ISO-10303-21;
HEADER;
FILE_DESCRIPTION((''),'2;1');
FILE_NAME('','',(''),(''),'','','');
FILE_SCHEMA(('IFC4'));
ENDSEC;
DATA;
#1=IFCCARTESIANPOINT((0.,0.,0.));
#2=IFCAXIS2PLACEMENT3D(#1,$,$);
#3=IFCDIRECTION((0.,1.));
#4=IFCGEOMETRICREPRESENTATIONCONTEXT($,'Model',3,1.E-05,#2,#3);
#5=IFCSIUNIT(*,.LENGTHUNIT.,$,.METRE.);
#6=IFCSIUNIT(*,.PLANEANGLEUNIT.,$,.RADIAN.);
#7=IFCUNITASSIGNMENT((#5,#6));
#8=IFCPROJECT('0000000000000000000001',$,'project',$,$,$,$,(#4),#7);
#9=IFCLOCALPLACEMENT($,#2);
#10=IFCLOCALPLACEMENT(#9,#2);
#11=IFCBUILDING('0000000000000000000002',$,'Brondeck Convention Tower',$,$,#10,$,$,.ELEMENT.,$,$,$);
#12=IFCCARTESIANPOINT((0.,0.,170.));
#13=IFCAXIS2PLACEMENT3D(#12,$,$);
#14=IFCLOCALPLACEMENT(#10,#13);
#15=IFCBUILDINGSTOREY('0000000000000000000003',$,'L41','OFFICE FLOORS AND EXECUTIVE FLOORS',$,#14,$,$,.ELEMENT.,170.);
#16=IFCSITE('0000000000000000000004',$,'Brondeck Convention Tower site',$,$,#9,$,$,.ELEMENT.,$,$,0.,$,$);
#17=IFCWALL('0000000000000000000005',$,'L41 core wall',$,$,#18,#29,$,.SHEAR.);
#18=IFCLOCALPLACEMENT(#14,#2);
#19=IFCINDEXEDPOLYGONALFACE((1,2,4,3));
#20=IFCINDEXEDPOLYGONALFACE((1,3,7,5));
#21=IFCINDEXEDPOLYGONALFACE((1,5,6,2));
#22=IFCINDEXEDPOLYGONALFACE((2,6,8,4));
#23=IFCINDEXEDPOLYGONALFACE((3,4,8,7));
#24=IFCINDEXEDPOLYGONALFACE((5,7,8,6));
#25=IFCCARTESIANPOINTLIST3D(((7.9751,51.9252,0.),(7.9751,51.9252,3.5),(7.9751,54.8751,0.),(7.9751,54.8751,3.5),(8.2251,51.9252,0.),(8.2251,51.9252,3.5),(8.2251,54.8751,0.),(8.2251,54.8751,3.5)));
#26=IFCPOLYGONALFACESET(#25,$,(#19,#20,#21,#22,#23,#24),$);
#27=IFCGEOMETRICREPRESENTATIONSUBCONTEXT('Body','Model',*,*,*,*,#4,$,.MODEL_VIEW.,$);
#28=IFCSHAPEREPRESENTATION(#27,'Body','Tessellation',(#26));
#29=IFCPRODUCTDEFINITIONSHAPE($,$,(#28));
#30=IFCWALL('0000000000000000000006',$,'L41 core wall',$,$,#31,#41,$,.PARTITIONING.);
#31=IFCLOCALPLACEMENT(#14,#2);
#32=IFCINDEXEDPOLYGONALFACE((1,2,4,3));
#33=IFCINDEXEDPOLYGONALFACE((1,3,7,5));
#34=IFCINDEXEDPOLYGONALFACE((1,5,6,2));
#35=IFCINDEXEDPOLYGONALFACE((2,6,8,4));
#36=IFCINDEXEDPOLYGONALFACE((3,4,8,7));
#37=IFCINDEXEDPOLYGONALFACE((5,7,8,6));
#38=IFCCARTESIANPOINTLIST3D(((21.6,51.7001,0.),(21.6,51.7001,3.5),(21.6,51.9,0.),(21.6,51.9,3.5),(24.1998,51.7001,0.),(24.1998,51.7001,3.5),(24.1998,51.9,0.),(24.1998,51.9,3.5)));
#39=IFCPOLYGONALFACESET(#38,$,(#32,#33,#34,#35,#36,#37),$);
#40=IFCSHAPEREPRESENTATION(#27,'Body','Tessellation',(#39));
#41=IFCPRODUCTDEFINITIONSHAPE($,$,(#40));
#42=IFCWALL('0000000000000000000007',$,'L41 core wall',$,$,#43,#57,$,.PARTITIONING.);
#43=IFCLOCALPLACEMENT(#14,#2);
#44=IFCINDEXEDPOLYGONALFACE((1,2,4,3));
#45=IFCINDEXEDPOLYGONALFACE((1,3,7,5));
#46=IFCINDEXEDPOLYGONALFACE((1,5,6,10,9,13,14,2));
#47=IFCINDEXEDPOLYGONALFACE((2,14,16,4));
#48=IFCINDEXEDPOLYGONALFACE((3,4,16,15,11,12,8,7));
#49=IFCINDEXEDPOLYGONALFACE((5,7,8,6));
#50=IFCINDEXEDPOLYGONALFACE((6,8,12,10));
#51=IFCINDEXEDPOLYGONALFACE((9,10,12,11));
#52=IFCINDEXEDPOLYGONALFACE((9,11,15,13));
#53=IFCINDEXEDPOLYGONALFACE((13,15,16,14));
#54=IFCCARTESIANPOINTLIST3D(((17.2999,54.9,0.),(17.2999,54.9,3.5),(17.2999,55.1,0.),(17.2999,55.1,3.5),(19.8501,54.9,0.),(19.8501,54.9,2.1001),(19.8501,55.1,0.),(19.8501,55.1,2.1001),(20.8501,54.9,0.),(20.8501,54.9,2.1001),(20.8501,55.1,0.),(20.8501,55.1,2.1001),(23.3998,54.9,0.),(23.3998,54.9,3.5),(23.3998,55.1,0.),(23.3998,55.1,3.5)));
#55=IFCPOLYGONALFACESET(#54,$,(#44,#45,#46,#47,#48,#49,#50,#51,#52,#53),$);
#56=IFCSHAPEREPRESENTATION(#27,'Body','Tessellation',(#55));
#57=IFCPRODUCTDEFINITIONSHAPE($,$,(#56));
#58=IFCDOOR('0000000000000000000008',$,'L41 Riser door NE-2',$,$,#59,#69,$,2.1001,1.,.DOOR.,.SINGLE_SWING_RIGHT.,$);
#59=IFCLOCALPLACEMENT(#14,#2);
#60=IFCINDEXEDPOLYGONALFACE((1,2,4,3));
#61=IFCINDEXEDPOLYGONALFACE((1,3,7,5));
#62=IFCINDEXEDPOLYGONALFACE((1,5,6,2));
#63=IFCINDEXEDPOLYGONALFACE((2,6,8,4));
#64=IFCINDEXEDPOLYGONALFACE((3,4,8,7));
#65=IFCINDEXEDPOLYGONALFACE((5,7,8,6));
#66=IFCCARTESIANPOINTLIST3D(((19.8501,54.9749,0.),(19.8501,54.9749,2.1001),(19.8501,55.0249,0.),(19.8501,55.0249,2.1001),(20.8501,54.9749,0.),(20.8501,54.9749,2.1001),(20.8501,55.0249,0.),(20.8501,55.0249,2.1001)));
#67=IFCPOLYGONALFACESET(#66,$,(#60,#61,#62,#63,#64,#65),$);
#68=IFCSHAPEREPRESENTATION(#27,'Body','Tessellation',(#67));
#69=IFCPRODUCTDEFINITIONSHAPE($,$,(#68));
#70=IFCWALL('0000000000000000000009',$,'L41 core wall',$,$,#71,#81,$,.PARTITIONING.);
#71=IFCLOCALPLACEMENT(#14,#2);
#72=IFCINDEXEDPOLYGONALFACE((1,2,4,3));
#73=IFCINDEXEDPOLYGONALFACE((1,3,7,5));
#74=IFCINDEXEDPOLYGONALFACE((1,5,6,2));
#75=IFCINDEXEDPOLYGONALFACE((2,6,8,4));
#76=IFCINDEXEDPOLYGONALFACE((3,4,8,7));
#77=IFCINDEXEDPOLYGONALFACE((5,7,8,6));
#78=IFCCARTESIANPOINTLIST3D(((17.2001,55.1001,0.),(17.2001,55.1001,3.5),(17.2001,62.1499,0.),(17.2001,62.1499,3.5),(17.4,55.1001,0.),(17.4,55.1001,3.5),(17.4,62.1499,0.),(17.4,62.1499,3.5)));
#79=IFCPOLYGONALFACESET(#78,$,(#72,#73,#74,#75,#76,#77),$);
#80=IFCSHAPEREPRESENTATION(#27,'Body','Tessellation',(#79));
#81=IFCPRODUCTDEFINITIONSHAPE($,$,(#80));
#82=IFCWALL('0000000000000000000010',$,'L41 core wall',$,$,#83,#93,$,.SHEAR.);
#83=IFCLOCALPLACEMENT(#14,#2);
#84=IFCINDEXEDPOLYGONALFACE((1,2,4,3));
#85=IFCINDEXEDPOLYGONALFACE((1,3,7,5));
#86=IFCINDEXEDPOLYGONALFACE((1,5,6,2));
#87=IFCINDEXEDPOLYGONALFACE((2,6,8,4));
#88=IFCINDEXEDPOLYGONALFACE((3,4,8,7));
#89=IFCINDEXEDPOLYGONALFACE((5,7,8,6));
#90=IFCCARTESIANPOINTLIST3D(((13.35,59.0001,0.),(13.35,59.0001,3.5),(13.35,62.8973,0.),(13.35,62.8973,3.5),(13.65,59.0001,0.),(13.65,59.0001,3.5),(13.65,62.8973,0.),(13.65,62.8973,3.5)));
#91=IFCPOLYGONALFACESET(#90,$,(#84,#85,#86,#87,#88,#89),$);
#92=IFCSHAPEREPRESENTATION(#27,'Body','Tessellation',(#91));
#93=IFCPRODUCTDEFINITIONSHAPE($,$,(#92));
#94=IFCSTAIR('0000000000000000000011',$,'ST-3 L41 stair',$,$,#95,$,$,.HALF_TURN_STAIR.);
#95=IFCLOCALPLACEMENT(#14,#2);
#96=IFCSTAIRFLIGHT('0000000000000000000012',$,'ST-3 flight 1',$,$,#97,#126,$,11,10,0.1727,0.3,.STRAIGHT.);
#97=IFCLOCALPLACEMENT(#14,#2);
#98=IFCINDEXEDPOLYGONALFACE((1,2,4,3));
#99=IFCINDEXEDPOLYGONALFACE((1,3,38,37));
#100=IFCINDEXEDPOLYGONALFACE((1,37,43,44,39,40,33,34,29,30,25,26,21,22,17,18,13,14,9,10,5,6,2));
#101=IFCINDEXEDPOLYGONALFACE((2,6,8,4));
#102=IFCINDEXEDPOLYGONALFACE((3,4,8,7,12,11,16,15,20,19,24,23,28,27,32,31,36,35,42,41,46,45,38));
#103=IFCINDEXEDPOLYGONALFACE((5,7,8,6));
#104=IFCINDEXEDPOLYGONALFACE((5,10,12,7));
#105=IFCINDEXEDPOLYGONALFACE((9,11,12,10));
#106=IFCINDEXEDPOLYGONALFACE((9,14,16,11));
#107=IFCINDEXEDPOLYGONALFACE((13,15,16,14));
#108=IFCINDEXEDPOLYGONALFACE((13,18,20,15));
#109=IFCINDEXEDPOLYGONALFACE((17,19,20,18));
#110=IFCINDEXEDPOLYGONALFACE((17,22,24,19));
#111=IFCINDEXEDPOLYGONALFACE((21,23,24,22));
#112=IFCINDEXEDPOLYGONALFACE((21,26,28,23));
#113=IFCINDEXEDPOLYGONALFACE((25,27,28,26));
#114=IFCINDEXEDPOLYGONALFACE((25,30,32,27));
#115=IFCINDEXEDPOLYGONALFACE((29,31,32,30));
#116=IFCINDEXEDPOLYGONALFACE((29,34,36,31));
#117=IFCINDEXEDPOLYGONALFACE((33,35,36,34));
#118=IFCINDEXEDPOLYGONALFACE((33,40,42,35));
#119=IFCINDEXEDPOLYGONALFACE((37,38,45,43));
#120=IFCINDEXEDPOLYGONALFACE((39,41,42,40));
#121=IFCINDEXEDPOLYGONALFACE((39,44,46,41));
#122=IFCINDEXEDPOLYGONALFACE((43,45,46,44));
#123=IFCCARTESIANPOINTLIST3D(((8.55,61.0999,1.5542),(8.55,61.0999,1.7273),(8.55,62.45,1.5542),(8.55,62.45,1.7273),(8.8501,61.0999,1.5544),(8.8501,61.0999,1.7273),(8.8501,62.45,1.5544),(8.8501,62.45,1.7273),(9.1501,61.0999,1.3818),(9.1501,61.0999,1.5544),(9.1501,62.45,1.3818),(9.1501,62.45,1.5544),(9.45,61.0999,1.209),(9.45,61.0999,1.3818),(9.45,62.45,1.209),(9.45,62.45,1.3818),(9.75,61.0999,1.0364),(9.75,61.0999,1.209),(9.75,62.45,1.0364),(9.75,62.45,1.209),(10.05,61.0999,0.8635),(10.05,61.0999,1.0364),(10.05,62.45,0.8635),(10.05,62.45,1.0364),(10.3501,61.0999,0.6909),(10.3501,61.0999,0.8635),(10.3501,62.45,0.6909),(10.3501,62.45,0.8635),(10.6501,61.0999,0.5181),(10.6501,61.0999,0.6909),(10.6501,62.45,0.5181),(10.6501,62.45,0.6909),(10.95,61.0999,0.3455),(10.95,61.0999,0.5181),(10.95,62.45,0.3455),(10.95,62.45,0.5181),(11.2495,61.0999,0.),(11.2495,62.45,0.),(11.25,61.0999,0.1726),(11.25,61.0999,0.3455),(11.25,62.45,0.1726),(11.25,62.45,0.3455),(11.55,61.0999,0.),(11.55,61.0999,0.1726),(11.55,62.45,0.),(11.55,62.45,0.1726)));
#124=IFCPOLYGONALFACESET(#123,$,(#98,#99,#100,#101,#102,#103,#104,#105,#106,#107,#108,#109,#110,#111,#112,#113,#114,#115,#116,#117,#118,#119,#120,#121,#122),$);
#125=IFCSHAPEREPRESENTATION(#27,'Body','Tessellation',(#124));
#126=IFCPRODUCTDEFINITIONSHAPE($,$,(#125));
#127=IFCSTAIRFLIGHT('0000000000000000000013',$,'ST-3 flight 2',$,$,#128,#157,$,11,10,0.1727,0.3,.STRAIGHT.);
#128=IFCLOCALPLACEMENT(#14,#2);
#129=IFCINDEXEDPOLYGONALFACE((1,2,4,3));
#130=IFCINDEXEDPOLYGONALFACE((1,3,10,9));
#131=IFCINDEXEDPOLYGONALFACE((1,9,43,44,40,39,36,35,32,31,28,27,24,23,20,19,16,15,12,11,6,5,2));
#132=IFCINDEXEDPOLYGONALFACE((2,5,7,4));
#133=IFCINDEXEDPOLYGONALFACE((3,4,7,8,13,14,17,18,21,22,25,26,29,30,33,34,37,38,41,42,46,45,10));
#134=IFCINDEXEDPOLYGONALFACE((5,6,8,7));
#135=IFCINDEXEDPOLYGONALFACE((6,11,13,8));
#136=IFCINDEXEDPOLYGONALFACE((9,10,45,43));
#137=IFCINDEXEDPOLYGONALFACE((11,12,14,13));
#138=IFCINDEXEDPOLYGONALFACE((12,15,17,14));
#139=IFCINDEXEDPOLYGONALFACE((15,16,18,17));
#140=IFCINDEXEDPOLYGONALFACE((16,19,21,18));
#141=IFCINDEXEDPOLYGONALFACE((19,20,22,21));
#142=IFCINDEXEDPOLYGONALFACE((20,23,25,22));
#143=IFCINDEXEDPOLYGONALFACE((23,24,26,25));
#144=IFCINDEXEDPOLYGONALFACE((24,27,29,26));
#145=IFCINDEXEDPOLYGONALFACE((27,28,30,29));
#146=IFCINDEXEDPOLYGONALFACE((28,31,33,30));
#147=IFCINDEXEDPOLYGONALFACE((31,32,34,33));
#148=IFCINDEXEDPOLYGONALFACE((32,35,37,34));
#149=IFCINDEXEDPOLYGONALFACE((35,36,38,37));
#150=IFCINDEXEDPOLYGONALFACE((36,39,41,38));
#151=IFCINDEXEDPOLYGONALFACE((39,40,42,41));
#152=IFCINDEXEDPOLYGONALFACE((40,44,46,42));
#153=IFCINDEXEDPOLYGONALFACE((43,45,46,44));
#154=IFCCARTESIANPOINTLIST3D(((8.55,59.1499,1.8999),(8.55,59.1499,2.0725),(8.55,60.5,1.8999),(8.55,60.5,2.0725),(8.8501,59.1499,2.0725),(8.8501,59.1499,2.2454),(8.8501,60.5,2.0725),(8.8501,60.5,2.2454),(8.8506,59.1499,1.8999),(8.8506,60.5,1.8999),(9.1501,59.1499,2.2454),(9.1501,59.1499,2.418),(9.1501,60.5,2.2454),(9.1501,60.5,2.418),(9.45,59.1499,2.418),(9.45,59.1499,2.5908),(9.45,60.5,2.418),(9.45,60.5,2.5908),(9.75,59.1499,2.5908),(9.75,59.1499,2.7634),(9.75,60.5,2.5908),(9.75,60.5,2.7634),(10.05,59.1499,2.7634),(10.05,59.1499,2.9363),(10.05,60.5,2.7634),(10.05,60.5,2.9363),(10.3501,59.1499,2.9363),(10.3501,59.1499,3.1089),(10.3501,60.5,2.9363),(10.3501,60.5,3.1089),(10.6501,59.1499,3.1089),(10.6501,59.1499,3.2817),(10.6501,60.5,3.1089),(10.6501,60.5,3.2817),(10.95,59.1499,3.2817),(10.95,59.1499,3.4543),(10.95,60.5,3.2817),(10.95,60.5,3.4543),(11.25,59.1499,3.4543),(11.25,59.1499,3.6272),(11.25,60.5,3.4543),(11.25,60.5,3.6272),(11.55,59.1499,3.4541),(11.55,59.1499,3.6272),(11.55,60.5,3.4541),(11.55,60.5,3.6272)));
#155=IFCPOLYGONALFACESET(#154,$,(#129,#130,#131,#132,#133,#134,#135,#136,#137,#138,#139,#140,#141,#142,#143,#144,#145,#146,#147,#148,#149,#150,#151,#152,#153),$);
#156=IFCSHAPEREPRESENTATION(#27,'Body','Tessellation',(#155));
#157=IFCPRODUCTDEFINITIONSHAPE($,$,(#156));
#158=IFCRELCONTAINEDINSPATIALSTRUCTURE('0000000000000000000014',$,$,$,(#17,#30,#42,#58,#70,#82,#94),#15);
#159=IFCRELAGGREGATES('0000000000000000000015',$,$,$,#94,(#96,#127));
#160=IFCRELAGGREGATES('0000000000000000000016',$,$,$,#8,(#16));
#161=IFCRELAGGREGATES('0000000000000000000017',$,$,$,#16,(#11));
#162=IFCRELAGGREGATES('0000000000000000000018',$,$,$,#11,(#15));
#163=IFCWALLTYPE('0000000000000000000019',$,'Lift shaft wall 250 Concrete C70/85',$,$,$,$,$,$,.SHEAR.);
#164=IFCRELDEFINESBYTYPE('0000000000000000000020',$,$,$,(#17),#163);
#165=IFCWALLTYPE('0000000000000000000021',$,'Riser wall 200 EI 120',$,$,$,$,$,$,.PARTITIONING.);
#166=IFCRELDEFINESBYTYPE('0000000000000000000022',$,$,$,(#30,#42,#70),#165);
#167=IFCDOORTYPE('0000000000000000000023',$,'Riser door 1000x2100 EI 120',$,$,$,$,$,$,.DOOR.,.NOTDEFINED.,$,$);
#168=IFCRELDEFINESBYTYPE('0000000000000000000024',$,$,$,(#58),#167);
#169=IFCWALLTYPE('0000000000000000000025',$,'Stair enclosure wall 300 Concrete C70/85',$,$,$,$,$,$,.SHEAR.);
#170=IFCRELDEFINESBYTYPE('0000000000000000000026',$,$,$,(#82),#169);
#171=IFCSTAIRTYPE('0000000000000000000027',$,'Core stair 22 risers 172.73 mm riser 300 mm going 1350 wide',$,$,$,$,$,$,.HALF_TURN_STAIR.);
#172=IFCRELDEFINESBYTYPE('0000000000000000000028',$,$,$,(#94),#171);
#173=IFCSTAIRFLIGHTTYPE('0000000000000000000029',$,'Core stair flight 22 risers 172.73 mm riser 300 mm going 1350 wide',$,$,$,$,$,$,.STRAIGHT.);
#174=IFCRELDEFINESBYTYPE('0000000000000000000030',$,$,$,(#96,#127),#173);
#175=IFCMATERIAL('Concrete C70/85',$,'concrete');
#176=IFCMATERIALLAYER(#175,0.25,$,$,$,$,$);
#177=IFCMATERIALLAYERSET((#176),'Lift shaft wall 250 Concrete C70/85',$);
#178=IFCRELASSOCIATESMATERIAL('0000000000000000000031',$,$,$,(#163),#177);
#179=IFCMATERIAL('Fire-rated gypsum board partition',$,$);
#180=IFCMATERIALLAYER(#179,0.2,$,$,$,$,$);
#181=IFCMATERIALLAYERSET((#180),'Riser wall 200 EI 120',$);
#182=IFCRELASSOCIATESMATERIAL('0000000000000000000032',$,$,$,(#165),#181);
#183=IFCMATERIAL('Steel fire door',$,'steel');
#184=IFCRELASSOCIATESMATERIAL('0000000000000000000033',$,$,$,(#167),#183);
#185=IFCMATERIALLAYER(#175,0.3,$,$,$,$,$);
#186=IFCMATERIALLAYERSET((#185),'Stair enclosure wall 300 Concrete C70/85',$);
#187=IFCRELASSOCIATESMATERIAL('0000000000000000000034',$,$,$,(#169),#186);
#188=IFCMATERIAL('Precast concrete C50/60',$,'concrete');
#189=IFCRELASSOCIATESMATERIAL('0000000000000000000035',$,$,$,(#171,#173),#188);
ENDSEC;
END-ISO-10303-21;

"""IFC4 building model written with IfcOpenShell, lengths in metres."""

from ifc_helpers import new_model, si_unit, direction, frame, frame_2d, origin, place, context, subcontext, project, spatial, polyline, rectangle, outline, extrude, material, layer, layer_set, type_object, element, fill, aggregate, save


model = new_model("IFC4")

# Units and contexts
model_context = context("Model", 3, precision=1e-05, world=origin(), true_north=direction((0.0, 1.0)))
body_context = subcontext(model_context, "Body", "Model", "MODEL_VIEW")
ifc_project = project(units=[si_unit("LENGTHUNIT", "METRE"), si_unit("PLANEANGLEUNIT", "RADIAN")], contexts=[model_context])

# Site, building, storey
site_placement = place(None, origin())
site = spatial("IfcSite", under=ifc_project, at=site_placement, Name="Brondeck Convention Tower site", CompositionType="ELEMENT", RefElevation=0.0)
building_placement = place(site_placement, origin())
building = spatial("IfcBuilding", under=site, at=building_placement, Name="Brondeck Convention Tower", CompositionType="ELEMENT")
storey_placement = place(building_placement, frame((0.0, 0.0, 170.0)))
storey = spatial("IfcBuildingStorey", under=building, at=storey_placement, Name="L41", Description="OFFICE FLOORS AND EXECUTIVE FLOORS", CompositionType="ELEMENT", Elevation=170.0)

# Shared definitions
ifc_material_1 = material(Name="Concrete C70/85", Category="concrete")

# Shared definitions
ifc_material_2 = material(Name="Fire-rated gypsum board partition")

# Shared definitions
ifc_material_3 = material(Name="Steel fire door", Category="steel")

# Walls
ifc_layer_1 = layer(ifc_material_1, 0.25)
ifc_layer_set_1 = layer_set([ifc_layer_1], Name="Lift shaft wall 250 Concrete C70/85")
wall_type_1 = type_object("IfcWallType", Name="Lift shaft wall 250 Concrete C70/85", PredefinedType="SHEAR", material=ifc_layer_set_1)
wall_1_placement = place(storey_placement, frame((8.1001, 51.925, 0.0), z_axis=(0.0, 0.0, 1.0), x_axis=(0.0, 1.0, 0.0)))
element("IfcWall", 1, at=wall_1_placement, inside=storey, type_object=wall_type_1, Name="L41 core wall", PredefinedType="SHEAR", context=body_context, shape_type="SweptSolid", body=[
    extrude(rectangle(XDim=2.95, YDim=0.25, at=frame_2d((1.4751, 0.0))), origin(), (0.0, 0.0, 1.0), 3.5),
])
ifc_layer_2 = layer(ifc_material_2, 0.2)
ifc_layer_set_2 = layer_set([ifc_layer_2], Name="Riser wall 200 EI 120")
wall_type_2 = type_object("IfcWallType", Name="Riser wall 200 EI 120", PredefinedType="PARTITIONING", material=ifc_layer_set_2)
wall_2_placement = place(storey_placement, frame((21.6001, 51.8, 0.0), z_axis=(0.0, 0.0, 1.0), x_axis=(1.0, 0.0, 0.0)))
element("IfcWall", 2, at=wall_2_placement, inside=storey, type_object=wall_type_2, Name="L41 core wall", PredefinedType="PARTITIONING", context=body_context, shape_type="SweptSolid", body=[
    extrude(rectangle(XDim=2.5999, YDim=0.2, at=frame_2d((1.2998, 0.0))), origin(), (0.0, 0.0, 1.0), 3.5),
])

# Wall, opening, door
wall_3_placement = place(storey_placement, frame((17.3, 55.0, 0.0), z_axis=(0.0, 0.0, 1.0), x_axis=(1.0, 0.0, 0.0)))
wall_3 = element("IfcWall", 3, at=wall_3_placement, inside=storey, type_object=wall_type_2, Name="L41 core wall", PredefinedType="PARTITIONING", context=body_context, shape_type="SweptSolid", body=[
    extrude(rectangle(XDim=6.0999, YDim=0.2, at=frame_2d((3.0498, 0.0))), origin(), (0.0, 0.0, 1.0), 3.5),
])
opening_1_placement = place(wall_3_placement, frame((2.55, 0.0, 0.0)))
opening_1 = element("IfcOpeningElement", 4, at=opening_1_placement, cuts=wall_3, PredefinedType="OPENING", context=body_context, shape_type="SweptSolid", body=[
    extrude(rectangle(XDim=1.0, YDim=2.1001, at=frame_2d((0.5, 1.05))), frame((0.0, 0.1099, 0.0), z_axis=(0.0, -1.0, 0.0), x_axis=(1.0, 0.0, 0.0)), (0.0, 0.0, 1.0), 0.22),
])
door_type_1 = type_object("IfcDoorType", Name="Riser door 1000x2100 EI 120", OperationType="NOTDEFINED", PredefinedType="DOOR", material=ifc_material_3)
door_1_placement = place(opening_1_placement, origin())
door_1 = element("IfcDoor", 5, at=door_1_placement, inside=storey, type_object=door_type_1, Name="L41 Riser door NE-2", OperationType="SINGLE_SWING_RIGHT", OverallHeight=2.1001, OverallWidth=1.0, PredefinedType="DOOR", context=body_context, shape_type="SweptSolid", body=[
    extrude(rectangle(XDim=1.0, YDim=2.1001, at=frame_2d((0.5, 1.05))), frame((0.0, 0.0249, 0.0), z_axis=(0.0, -1.0, 0.0), x_axis=(1.0, 0.0, 0.0)), (0.0, 0.0, 1.0), 0.05),
])
fill(opening_1, door_1)

# Walls
wall_4_placement = place(storey_placement, frame((17.3, 55.1001, 0.0), z_axis=(0.0, 0.0, 1.0), x_axis=(0.0, 1.0, 0.0)))
element("IfcWall", 6, at=wall_4_placement, inside=storey, type_object=wall_type_2, Name="L41 core wall", PredefinedType="PARTITIONING", context=body_context, shape_type="SweptSolid", body=[
    extrude(rectangle(XDim=7.0498, YDim=0.2, at=frame_2d((3.5249, 0.0))), origin(), (0.0, 0.0, 1.0), 3.5),
])
ifc_layer_3 = layer(ifc_material_1, 0.3)
ifc_layer_set_3 = layer_set([ifc_layer_3], Name="Stair enclosure wall 300 Concrete C70/85")
wall_type_3 = type_object("IfcWallType", Name="Stair enclosure wall 300 Concrete C70/85", PredefinedType="SHEAR", material=ifc_layer_set_3)
wall_5_placement = place(storey_placement, frame((13.5, 59.0, 0.0), z_axis=(0.0, 0.0, 1.0), x_axis=(0.0, 1.0, 0.0)))
element("IfcWall", 7, at=wall_5_placement, inside=storey, type_object=wall_type_3, Name="L41 core wall", PredefinedType="SHEAR", context=body_context, shape_type="SweptSolid", body=[
    extrude(rectangle(XDim=3.8972, YDim=0.3, at=frame_2d((1.9487, 0.0))), origin(), (0.0, 0.0, 1.0), 3.5),
])

# Stair, stair flights
ifc_material_4 = material(Name="Precast concrete C50/60", Category="concrete")
stair_type = type_object("IfcStairType", Name="Core stair 22 risers 172.73 mm riser 300 mm going 1350 wide", PredefinedType="HALF_TURN_STAIR", material=ifc_material_4)
stair_placement = place(storey_placement, origin())
stair = element("IfcStair", 8, at=stair_placement, inside=storey, type_object=stair_type, Name="ST-3 L41 stair", PredefinedType="HALF_TURN_STAIR")
stair_flight_type = type_object("IfcStairFlightType", Name="Core stair flight 22 risers 172.73 mm riser 300 mm going 1350 wide", PredefinedType="STRAIGHT", material=ifc_material_4)
stair_flight_1_placement = place(storey_placement, frame((11.55, 61.7749, 0.0), z_axis=(0.0, 0.0, 1.0), x_axis=(-1.0, 0.0, 0.0)))
stair_flight_1 = element("IfcStairFlight", 9, at=stair_flight_1_placement, type_object=stair_flight_type, Name="ST-3 flight 1", NumberOfRisers=11, NumberOfTreads=10, PredefinedType="STRAIGHT", RiserHeight=0.1727, TreadLength=0.3, context=body_context, shape_type="SweptSolid", body=[
    extrude(outline(polyline([(0.0, 0.0), (0.0, 0.1726), (0.3, 0.1726), (0.3, 0.3455), (0.6001, 0.3455), (0.6001, 0.5181), (0.8999, 0.5181), (0.8999, 0.6909), (1.2, 0.6909), (1.2, 0.8635), (1.5, 0.8635), (1.5, 1.0364), (1.8, 1.0364), (1.8, 1.209), (2.1001, 1.209), (2.1001, 1.3818), (2.3999, 1.3818), (2.3999, 1.5544), (2.7, 1.5544), (2.7, 1.7273), (3.0, 1.7273), (3.0, 1.8999), (3.0, 1.5542), (0.3005, 0.0), (0.0, 0.0)])), frame((0.0, 0.675, 0.0), z_axis=(0.0, -1.0, 0.0), x_axis=(1.0, 0.0, 0.0)), (0.0, 0.0, 1.0), 1.3501),
])
stair_flight_2_placement = place(storey_placement, frame((8.55, 59.825, 1.8999), z_axis=(0.0, 0.0, 1.0), x_axis=(1.0, 0.0, 0.0)))
stair_flight_2 = element("IfcStairFlight", 10, at=stair_flight_2_placement, type_object=stair_flight_type, Name="ST-3 flight 2", NumberOfRisers=11, NumberOfTreads=10, PredefinedType="STRAIGHT", RiserHeight=0.1727, TreadLength=0.3, context=body_context, shape_type="SweptSolid", body=[
    extrude(outline(polyline([(0.0, 0.0), (0.0, 0.1726), (0.3, 0.1726), (0.3, 0.3455), (0.6001, 0.3455), (0.6001, 0.5181), (0.8999, 0.5181), (0.8999, 0.6909), (1.2, 0.6909), (1.2, 0.8635), (1.5, 0.8635), (1.5, 1.0364), (1.8, 1.0364), (1.8, 1.209), (2.1001, 1.209), (2.1001, 1.3818), (2.3999, 1.3818), (2.3999, 1.5544), (2.7, 1.5544), (2.7, 1.7273), (3.0, 1.7273), (3.0, 1.8999), (3.0, 1.5542), (0.3005, 0.0), (0.0, 0.0)])), frame((0.0, 0.675, 0.0), z_axis=(0.0, -1.0, 0.0), x_axis=(1.0, 0.0, 0.0)), (0.0, 0.0, 1.0), 1.3501),
])
aggregate(stair, [stair_flight_1, stair_flight_2])

save(model, "model.ifc")
